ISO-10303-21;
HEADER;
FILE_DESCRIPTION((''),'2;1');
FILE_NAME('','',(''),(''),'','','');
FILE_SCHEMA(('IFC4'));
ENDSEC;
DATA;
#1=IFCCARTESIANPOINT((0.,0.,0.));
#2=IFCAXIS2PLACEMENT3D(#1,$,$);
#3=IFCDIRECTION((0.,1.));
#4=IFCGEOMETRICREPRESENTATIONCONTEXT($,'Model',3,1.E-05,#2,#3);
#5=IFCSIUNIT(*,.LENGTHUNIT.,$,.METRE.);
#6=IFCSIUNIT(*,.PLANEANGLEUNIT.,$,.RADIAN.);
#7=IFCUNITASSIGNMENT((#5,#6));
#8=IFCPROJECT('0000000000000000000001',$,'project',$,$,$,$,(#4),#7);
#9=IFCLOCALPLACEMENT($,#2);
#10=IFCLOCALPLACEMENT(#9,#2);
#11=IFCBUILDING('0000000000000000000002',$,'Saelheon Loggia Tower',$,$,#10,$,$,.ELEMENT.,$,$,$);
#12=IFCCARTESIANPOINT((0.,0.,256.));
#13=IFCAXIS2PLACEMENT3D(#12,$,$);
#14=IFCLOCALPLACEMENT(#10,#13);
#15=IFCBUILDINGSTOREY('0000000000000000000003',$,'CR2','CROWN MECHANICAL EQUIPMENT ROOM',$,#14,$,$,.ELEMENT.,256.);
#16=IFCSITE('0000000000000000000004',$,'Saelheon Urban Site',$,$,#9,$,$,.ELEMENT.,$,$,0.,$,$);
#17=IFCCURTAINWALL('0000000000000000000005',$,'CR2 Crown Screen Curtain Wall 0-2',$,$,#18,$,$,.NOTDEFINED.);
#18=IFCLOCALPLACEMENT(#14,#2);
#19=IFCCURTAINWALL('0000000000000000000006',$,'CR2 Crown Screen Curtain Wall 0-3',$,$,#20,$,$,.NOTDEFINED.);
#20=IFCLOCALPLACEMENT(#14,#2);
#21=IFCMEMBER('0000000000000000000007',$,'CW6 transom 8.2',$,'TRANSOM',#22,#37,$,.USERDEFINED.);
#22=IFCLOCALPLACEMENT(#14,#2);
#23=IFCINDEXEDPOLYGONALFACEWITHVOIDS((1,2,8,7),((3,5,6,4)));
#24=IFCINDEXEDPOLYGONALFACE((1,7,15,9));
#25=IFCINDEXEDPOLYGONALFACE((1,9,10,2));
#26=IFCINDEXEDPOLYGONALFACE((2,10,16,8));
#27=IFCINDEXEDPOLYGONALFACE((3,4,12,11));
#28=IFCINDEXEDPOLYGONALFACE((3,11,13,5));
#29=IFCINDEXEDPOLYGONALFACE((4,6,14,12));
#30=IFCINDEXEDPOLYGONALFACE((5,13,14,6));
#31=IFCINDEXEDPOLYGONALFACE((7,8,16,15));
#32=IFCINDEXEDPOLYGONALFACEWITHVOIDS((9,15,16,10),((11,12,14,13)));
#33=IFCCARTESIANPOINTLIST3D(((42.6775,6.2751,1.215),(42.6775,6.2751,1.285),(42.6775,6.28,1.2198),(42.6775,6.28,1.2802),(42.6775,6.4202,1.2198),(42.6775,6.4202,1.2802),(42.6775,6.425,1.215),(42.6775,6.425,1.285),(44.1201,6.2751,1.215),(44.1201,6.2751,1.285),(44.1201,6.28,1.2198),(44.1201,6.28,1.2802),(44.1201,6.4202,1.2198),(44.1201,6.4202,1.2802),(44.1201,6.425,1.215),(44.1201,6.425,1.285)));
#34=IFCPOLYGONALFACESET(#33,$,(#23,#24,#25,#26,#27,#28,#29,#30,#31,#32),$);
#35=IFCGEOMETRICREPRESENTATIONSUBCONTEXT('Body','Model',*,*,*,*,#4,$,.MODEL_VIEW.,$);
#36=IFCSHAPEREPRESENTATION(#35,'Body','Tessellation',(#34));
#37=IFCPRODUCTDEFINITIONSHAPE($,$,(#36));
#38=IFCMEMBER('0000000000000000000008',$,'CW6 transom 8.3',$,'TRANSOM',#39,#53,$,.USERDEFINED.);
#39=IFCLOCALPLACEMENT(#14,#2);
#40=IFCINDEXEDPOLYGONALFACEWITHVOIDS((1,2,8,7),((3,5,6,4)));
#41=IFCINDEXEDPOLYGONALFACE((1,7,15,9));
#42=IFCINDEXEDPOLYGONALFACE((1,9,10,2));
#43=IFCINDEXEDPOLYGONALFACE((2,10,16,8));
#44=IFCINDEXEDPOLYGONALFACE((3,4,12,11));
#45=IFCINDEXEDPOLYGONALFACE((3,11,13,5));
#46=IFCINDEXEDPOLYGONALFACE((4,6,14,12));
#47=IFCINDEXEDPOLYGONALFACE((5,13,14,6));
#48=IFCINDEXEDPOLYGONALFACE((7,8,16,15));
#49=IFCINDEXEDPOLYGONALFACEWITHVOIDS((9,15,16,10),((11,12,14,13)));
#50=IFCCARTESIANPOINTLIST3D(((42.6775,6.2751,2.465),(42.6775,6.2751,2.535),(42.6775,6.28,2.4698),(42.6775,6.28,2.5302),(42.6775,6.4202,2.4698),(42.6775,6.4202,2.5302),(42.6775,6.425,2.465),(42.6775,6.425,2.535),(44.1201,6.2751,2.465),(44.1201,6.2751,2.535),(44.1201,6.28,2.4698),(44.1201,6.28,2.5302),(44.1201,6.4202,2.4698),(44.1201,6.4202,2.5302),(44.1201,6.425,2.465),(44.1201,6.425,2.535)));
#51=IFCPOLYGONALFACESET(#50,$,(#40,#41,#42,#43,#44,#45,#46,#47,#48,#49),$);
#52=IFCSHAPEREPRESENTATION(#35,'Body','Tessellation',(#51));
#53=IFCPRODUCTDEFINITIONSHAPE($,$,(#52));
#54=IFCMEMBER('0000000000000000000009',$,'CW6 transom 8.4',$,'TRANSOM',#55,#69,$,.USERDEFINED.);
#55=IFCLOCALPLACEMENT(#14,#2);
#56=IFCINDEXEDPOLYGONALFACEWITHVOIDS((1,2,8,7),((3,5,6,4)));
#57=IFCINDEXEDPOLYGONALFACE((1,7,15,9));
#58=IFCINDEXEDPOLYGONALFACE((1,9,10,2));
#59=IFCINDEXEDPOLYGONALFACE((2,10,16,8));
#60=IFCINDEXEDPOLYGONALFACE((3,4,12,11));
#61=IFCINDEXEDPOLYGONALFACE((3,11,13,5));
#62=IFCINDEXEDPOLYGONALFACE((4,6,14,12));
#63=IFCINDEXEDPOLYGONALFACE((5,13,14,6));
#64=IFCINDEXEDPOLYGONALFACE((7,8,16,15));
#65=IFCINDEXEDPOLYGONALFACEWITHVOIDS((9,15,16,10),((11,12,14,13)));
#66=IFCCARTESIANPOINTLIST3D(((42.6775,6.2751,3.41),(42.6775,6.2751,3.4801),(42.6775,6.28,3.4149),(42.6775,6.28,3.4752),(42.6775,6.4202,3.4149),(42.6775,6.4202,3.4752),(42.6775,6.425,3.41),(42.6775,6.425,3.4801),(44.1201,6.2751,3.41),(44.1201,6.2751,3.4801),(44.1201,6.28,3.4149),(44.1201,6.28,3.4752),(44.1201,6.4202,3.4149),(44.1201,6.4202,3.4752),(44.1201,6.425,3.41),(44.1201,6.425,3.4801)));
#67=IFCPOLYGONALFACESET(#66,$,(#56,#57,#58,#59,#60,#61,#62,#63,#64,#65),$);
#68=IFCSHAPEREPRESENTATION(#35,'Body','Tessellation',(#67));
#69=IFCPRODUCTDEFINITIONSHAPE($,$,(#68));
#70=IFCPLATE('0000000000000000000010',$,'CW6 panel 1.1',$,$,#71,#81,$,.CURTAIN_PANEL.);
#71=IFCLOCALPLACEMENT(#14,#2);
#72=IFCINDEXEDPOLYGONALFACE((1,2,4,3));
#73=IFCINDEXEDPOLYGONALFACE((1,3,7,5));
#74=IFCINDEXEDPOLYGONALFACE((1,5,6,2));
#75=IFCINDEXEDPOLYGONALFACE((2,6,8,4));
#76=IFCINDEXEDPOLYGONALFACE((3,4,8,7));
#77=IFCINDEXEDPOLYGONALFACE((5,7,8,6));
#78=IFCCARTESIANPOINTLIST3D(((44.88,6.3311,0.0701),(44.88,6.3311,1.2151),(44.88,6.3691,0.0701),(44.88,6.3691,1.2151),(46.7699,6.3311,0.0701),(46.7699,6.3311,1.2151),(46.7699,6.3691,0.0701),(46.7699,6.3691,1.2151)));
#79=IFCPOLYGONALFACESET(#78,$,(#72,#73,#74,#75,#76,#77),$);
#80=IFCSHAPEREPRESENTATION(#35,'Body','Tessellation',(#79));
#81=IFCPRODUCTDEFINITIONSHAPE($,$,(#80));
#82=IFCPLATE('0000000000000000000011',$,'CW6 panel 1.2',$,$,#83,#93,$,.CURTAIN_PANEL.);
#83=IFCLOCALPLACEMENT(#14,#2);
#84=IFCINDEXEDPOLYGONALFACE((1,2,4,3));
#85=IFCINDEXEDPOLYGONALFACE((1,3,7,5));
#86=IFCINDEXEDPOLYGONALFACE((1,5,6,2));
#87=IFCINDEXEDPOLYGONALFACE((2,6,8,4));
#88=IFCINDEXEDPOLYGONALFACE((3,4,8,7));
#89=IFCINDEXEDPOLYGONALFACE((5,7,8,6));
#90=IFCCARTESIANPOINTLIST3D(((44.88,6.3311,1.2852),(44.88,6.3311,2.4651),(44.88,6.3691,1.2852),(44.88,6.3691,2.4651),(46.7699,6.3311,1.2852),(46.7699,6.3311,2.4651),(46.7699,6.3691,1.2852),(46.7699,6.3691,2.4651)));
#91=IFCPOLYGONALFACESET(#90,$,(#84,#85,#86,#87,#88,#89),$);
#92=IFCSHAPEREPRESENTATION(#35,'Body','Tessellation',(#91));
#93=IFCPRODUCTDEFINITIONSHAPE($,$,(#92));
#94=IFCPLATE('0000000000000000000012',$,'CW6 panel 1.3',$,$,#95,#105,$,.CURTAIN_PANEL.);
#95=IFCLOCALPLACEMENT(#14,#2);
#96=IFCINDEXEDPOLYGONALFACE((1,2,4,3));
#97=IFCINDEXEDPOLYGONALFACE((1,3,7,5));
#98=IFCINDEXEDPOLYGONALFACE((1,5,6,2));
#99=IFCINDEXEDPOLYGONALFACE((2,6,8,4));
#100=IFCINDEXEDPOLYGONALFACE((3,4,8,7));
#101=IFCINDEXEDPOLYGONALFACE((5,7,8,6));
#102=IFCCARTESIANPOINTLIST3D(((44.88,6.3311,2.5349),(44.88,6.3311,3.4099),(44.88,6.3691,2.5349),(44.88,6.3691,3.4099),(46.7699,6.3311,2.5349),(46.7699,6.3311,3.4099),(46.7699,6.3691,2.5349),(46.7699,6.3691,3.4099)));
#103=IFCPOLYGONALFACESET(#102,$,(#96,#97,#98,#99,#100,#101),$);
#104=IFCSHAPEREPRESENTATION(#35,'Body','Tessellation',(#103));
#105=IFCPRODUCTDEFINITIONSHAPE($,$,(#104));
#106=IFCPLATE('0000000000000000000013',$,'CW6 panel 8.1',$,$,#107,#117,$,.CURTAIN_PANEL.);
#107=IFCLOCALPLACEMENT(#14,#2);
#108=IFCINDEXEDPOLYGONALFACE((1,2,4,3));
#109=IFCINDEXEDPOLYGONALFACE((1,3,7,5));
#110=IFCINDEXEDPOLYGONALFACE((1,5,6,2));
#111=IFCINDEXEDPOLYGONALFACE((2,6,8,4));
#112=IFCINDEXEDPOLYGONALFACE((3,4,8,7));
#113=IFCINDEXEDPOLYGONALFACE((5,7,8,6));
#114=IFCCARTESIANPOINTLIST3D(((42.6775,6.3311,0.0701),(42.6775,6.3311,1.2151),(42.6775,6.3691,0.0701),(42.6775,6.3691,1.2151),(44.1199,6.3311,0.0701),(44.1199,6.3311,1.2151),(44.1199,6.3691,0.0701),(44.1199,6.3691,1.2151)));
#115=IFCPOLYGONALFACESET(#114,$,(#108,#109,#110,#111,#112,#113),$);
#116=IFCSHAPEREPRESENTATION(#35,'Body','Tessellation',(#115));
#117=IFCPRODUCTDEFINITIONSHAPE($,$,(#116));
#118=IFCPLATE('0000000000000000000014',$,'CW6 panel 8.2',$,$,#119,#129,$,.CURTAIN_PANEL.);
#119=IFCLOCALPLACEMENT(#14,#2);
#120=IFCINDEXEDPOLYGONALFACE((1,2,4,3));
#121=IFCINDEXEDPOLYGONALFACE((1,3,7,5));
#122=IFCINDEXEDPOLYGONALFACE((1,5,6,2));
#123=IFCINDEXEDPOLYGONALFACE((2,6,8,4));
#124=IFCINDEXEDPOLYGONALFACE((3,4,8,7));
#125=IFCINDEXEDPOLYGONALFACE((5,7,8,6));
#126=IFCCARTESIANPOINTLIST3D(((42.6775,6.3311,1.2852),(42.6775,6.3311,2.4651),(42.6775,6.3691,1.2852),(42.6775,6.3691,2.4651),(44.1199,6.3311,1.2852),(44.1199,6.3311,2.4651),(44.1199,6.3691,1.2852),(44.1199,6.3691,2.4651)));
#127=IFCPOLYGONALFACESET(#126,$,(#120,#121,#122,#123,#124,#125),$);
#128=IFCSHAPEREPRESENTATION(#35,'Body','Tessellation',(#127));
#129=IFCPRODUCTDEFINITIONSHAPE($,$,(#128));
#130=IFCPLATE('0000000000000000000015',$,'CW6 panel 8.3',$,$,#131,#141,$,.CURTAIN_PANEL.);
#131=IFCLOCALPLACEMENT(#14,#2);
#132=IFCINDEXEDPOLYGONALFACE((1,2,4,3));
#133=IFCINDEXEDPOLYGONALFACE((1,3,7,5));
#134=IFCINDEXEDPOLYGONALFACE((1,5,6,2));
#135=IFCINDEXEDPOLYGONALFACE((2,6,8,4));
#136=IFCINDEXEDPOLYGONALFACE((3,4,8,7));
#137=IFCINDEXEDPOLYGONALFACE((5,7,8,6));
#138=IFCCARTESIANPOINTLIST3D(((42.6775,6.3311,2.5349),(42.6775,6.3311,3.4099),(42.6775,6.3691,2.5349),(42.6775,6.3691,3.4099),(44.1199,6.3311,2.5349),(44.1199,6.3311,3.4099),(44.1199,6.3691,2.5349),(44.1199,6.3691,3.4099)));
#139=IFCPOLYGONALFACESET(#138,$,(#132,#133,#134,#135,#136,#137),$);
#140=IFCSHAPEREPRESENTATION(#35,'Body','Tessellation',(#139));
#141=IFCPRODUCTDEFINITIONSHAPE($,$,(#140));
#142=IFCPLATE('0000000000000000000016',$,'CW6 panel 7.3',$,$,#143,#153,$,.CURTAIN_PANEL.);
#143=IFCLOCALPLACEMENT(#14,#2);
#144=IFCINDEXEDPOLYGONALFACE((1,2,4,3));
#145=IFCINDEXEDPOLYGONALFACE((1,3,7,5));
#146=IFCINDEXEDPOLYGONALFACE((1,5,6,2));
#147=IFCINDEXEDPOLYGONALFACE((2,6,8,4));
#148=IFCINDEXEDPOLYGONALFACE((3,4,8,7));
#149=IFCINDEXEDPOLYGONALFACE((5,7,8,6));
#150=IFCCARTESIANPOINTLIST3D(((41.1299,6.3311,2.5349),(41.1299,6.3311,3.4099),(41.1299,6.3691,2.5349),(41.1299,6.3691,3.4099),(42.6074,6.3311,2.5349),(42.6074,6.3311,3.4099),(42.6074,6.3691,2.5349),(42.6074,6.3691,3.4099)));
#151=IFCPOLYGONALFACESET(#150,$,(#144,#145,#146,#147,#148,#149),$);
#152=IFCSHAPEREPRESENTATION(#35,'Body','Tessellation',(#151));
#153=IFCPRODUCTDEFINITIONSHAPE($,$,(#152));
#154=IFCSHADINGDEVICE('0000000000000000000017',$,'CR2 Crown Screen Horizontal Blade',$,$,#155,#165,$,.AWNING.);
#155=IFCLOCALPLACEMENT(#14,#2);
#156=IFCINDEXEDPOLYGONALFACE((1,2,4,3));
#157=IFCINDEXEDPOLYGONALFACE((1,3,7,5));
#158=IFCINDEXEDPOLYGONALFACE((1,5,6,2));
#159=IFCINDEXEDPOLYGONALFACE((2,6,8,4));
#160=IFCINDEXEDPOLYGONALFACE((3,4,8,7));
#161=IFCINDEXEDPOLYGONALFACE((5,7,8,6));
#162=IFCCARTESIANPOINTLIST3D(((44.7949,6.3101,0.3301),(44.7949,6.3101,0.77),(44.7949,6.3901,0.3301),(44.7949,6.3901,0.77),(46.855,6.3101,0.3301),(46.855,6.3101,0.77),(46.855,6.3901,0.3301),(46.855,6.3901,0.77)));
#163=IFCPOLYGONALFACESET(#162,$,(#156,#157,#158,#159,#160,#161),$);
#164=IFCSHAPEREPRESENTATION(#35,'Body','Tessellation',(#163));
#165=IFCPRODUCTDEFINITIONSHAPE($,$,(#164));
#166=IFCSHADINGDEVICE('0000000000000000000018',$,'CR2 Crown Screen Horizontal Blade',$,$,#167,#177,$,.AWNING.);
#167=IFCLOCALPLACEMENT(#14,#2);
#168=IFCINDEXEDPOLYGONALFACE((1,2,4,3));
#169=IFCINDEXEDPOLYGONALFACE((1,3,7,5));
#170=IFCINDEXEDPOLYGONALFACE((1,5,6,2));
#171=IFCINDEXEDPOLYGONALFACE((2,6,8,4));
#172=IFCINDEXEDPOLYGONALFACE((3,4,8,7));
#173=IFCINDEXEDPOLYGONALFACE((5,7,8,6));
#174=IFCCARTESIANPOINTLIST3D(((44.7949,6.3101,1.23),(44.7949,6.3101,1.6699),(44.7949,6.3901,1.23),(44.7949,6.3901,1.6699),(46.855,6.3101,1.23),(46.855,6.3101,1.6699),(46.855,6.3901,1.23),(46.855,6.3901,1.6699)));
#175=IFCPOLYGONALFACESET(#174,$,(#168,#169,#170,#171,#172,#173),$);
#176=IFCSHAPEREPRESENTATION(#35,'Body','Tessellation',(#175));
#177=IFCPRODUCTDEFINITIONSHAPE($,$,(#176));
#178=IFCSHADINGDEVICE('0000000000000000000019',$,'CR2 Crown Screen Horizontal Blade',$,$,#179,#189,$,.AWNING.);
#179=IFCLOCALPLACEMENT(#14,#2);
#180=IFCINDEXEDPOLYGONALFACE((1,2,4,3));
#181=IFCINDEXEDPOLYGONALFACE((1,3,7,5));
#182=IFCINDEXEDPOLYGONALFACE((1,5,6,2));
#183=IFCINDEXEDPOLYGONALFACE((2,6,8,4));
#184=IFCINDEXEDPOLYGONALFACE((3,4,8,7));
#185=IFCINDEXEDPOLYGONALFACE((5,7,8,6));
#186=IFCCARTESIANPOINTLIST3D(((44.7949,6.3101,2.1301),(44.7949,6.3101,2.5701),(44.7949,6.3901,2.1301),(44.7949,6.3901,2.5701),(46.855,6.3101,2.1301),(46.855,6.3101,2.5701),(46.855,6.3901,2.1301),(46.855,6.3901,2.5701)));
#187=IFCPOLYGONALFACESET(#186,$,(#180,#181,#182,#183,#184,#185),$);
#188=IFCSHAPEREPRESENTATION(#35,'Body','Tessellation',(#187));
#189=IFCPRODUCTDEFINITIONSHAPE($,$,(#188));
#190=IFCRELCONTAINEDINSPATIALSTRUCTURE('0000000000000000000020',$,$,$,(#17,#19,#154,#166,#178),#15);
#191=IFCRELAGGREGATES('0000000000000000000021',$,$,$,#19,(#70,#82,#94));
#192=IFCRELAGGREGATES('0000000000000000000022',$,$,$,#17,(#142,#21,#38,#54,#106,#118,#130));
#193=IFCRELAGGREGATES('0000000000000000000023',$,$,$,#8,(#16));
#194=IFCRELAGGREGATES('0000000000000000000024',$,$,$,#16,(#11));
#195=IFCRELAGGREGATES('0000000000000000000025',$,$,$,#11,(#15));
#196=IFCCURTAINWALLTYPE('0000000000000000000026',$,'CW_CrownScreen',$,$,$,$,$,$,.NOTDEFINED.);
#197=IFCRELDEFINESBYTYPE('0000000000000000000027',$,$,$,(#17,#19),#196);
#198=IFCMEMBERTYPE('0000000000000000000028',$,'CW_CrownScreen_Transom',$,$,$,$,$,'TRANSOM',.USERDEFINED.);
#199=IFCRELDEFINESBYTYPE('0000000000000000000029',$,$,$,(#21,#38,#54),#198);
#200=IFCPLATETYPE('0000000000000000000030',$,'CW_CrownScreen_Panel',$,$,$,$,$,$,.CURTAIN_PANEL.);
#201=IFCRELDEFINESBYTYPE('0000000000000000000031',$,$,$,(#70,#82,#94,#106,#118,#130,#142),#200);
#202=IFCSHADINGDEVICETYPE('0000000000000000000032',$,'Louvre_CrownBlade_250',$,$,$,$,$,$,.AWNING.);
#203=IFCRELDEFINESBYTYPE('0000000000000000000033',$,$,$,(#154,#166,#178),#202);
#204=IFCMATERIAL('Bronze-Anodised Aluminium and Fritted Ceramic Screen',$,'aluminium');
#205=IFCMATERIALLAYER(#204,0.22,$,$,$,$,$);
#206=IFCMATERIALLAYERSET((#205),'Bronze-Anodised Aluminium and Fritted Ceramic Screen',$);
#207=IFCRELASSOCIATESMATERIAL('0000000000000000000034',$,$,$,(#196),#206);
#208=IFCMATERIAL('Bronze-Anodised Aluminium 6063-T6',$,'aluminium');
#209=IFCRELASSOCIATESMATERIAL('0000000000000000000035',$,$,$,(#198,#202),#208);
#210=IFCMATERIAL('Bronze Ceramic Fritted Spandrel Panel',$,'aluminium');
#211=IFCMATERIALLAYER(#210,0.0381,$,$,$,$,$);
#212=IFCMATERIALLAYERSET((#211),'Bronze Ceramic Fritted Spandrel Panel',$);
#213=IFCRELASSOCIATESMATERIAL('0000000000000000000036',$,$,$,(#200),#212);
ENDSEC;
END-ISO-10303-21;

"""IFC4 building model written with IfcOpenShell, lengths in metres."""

from ifc_helpers import new_model, si_unit, direction, frame, origin, origin_2d, place, context, subcontext, project, spatial, rectangle, hollow_rectangle, extrude, source, transform, mapped, material, layer, layer_set, material_profile, profile_set, type_object, element, aggregate, save


model = new_model("IFC4")

# Units and contexts
model_context = context("Model", 3, precision=1e-05, world=origin(), true_north=direction((0.0, 1.0)))
body_context = subcontext(model_context, "Body", "Model", "MODEL_VIEW")
ifc_project = project(units=[si_unit("LENGTHUNIT", "METRE"), si_unit("PLANEANGLEUNIT", "RADIAN")], contexts=[model_context])

# Site, building, storey
site_placement = place(None, origin())
site = spatial("IfcSite", under=ifc_project, at=site_placement, Name="Saelheon Urban Site", CompositionType="ELEMENT", RefElevation=0.0)
building_placement = place(site_placement, origin())
building = spatial("IfcBuilding", under=site, at=building_placement, Name="Saelheon Loggia Tower", CompositionType="ELEMENT")
storey_placement = place(building_placement, frame((0.0, 0.0, 256.0)))
storey = spatial("IfcBuildingStorey", under=building, at=storey_placement, Name="CR2", Description="CROWN MECHANICAL EQUIPMENT ROOM", CompositionType="ELEMENT", Elevation=256.0)

# Curtain walls
ifc_material_1 = material(Name="Bronze-Anodised Aluminium and Fritted Ceramic Screen", Category="aluminium")
ifc_layer_1 = layer(ifc_material_1, 0.22)
ifc_layer_set_1 = layer_set([ifc_layer_1], Name="Bronze-Anodised Aluminium and Fritted Ceramic Screen")
curtain_wall_type = type_object("IfcCurtainWallType", Name="CW_CrownScreen", PredefinedType="NOTDEFINED", material=ifc_layer_set_1)
curtain_wall_1_placement = place(storey_placement, origin())
curtain_wall_1 = element("IfcCurtainWall", 1, at=curtain_wall_1_placement, inside=storey, type_object=curtain_wall_type, Name="CR2 Crown Screen Curtain Wall 0-2", PredefinedType="NOTDEFINED")
ifc_material_2 = material(Name="Bronze-Anodised Aluminium 6063-T6", Category="aluminium")
curtain_wall_2_placement = place(storey_placement, origin())
curtain_wall_2 = element("IfcCurtainWall", 2, at=curtain_wall_2_placement, inside=storey, type_object=curtain_wall_type, Name="CR2 Crown Screen Curtain Wall 0-3", PredefinedType="NOTDEFINED")
ifc_material_profile_1 = material_profile(ifc_material_2, hollow_rectangle(XDim=0.0701, YDim=0.1499, WallThickness=0.0049, at=origin_2d()), Name="RHS-150x70x5")
ifc_profile_set_1 = profile_set([ifc_material_profile_1], Name="Bronze-Anodised Aluminium 6063-T6")
member_type_1 = type_object("IfcMemberType", Name="CW_CrownScreen_Transom", ElementType="TRANSOM", PredefinedType="USERDEFINED", material=ifc_profile_set_1)

# Members
shared_shape_1 = source(origin(), body_context, "Body", "SweptSolid", [
    extrude(hollow_rectangle(XDim=0.0701, YDim=0.1499, WallThickness=0.0049, at=origin_2d()), origin(), (0.0, 0.0, 1.0), 1.4426),
])
member_1_placement = place(storey_placement, frame((42.6775, 6.3501, 1.25), z_axis=(1.0, 0.0, 0.0), x_axis=(0.0, 0.0, 1.0)))
member_1 = element("IfcMember", 3, at=member_1_placement, type_object=member_type_1, Name="CW6 transom 8.2", ObjectType="TRANSOM", PredefinedType="USERDEFINED", context=body_context, shape_type="MappedRepresentation", body=[
    mapped(shared_shape_1, transform((0.0, 0.0, 0.0), scale=1.0)),
])
member_2_placement = place(storey_placement, frame((42.6775, 6.3501, 2.5), z_axis=(1.0, 0.0, 0.0), x_axis=(0.0, 0.0, 1.0)))
member_2 = element("IfcMember", 4, at=member_2_placement, type_object=member_type_1, Name="CW6 transom 8.3", ObjectType="TRANSOM", PredefinedType="USERDEFINED", context=body_context, shape_type="MappedRepresentation", body=[
    mapped(shared_shape_1, transform((0.0, 0.0, 0.0), scale=1.0)),
])
member_3_placement = place(storey_placement, frame((42.6775, 6.3501, 3.4451), z_axis=(1.0, 0.0, 0.0), x_axis=(0.0, 0.0, 1.0)))
member_3 = element("IfcMember", 5, at=member_3_placement, type_object=member_type_1, Name="CW6 transom 8.4", ObjectType="TRANSOM", PredefinedType="USERDEFINED", context=body_context, shape_type="MappedRepresentation", body=[
    mapped(shared_shape_1, transform((0.0, 0.0, 0.0), scale=1.0)),
])

# Plates
ifc_material_3 = material(Name="Bronze Ceramic Fritted Spandrel Panel", Category="aluminium")
ifc_layer_2 = layer(ifc_material_3, 0.0381)
ifc_layer_set_2 = layer_set([ifc_layer_2], Name="Bronze Ceramic Fritted Spandrel Panel")
plate_type = type_object("IfcPlateType", Name="CW_CrownScreen_Panel", PredefinedType="CURTAIN_PANEL", material=ifc_layer_set_2)
shared_shape_2 = source(origin(), body_context, "Body", "SweptSolid", [
    extrude(rectangle(XDim=1.8899, YDim=0.0381, at=origin_2d()), origin(), (0.0, 0.0, 1.0), 1.145),
])
plate_1_placement = place(storey_placement, frame((45.825, 6.3501, 0.0701), z_axis=(0.0, 0.0, 1.0), x_axis=(1.0, 0.0, 0.0)))
plate_1 = element("IfcPlate", 6, at=plate_1_placement, type_object=plate_type, Name="CW6 panel 1.1", PredefinedType="CURTAIN_PANEL", context=body_context, shape_type="MappedRepresentation", body=[
    mapped(shared_shape_2, transform((0.0, 0.0, 0.0), scale=1.0)),
])
shared_shape_3 = source(origin(), body_context, "Body", "SweptSolid", [
    extrude(rectangle(XDim=1.8899, YDim=0.0381, at=origin_2d()), origin(), (0.0, 0.0, 1.0), 1.1799),
])
plate_2_placement = place(storey_placement, frame((45.825, 6.3501, 1.2852), z_axis=(0.0, 0.0, 1.0), x_axis=(1.0, 0.0, 0.0)))
plate_2 = element("IfcPlate", 7, at=plate_2_placement, type_object=plate_type, Name="CW6 panel 1.2", PredefinedType="CURTAIN_PANEL", context=body_context, shape_type="MappedRepresentation", body=[
    mapped(shared_shape_3, transform((0.0, 0.0, 0.0), scale=1.0)),
])
shared_shape_4 = source(origin(), body_context, "Body", "SweptSolid", [
    extrude(rectangle(XDim=1.8899, YDim=0.0381, at=origin_2d()), origin(), (0.0, 0.0, 1.0), 0.875),
])
plate_3_placement = place(storey_placement, frame((45.825, 6.3501, 2.5349), z_axis=(0.0, 0.0, 1.0), x_axis=(1.0, 0.0, 0.0)))
plate_3 = element("IfcPlate", 8, at=plate_3_placement, type_object=plate_type, Name="CW6 panel 1.3", PredefinedType="CURTAIN_PANEL", context=body_context, shape_type="MappedRepresentation", body=[
    mapped(shared_shape_4, transform((0.0, 0.0, 0.0), scale=1.0)),
])
aggregate(curtain_wall_2, [plate_1, plate_2, plate_3])
shared_shape_5 = source(origin(), body_context, "Body", "SweptSolid", [
    extrude(rectangle(XDim=1.4424, YDim=0.0381, at=origin_2d()), origin(), (0.0, 0.0, 1.0), 1.145),
])
plate_4_placement = place(storey_placement, frame((43.3987, 6.3501, 0.0701), z_axis=(0.0, 0.0, 1.0), x_axis=(1.0, 0.0, 0.0)))
plate_4 = element("IfcPlate", 9, at=plate_4_placement, type_object=plate_type, Name="CW6 panel 8.1", PredefinedType="CURTAIN_PANEL", context=body_context, shape_type="MappedRepresentation", body=[
    mapped(shared_shape_5, transform((0.0, 0.0, 0.0), scale=1.0)),
])
shared_shape_6 = source(origin(), body_context, "Body", "SweptSolid", [
    extrude(rectangle(XDim=1.4424, YDim=0.0381, at=origin_2d()), origin(), (0.0, 0.0, 1.0), 1.1799),
])
plate_5_placement = place(storey_placement, frame((43.3987, 6.3501, 1.2852), z_axis=(0.0, 0.0, 1.0), x_axis=(1.0, 0.0, 0.0)))
plate_5 = element("IfcPlate", 10, at=plate_5_placement, type_object=plate_type, Name="CW6 panel 8.2", PredefinedType="CURTAIN_PANEL", context=body_context, shape_type="MappedRepresentation", body=[
    mapped(shared_shape_6, transform((0.0, 0.0, 0.0), scale=1.0)),
])
shared_shape_7 = source(origin(), body_context, "Body", "SweptSolid", [
    extrude(rectangle(XDim=1.4424, YDim=0.0381, at=origin_2d()), origin(), (0.0, 0.0, 1.0), 0.875),
])
plate_6_placement = place(storey_placement, frame((43.3987, 6.3501, 2.5349), z_axis=(0.0, 0.0, 1.0), x_axis=(1.0, 0.0, 0.0)))
plate_6 = element("IfcPlate", 11, at=plate_6_placement, type_object=plate_type, Name="CW6 panel 8.3", PredefinedType="CURTAIN_PANEL", context=body_context, shape_type="MappedRepresentation", body=[
    mapped(shared_shape_7, transform((0.0, 0.0, 0.0), scale=1.0)),
])
shared_shape_8 = source(origin(), body_context, "Body", "SweptSolid", [
    extrude(rectangle(XDim=1.4775, YDim=0.0381, at=origin_2d()), origin(), (0.0, 0.0, 1.0), 0.875),
])
plate_7_placement = place(storey_placement, frame((41.8687, 6.3501, 2.5349), z_axis=(0.0, 0.0, 1.0), x_axis=(1.0, 0.0, 0.0)))
plate_7 = element("IfcPlate", 12, at=plate_7_placement, type_object=plate_type, Name="CW6 panel 7.3", PredefinedType="CURTAIN_PANEL", context=body_context, shape_type="MappedRepresentation", body=[
    mapped(shared_shape_8, transform((0.0, 0.0, 0.0), scale=1.0)),
])
aggregate(curtain_wall_1, [plate_7, member_1, member_2, member_3, plate_4, plate_5, plate_6])

# Shading devices
ifc_material_profile_2 = material_profile(ifc_material_2, rectangle(XDim=0.0801, YDim=0.4399, at=origin_2d()), Name="Louvre_CrownBlade_250")
ifc_profile_set_2 = profile_set([ifc_material_profile_2], Name="Bronze-Anodised Aluminium 6063-T6")
shading_device_type = type_object("IfcShadingDeviceType", Name="Louvre_CrownBlade_250", PredefinedType="AWNING", material=ifc_profile_set_2)
shared_shape_9 = source(origin(), body_context, "Body", "SweptSolid", [
    extrude(rectangle(XDim=0.0801, YDim=0.4399, at=origin_2d()), origin(), (0.0, 0.0, 1.0), 2.0601),
])
for number, where, z_axis, x_axis, name in (
    (13, (44.7949, 6.3501, 0.55), (1.0, 0.0, 0.0), (0.0, 1.0, 0.0), "CR2 Crown Screen Horizontal Blade"),
    (14, (44.7949, 6.3501, 1.45), (1.0, 0.0, 0.0), (0.0, 1.0, 0.0), "CR2 Crown Screen Horizontal Blade"),
    (15, (44.7949, 6.3501, 2.3501), (1.0, 0.0, 0.0), (0.0, 1.0, 0.0), "CR2 Crown Screen Horizontal Blade"),
):
    element("IfcShadingDevice", number, at=place(storey_placement, frame(where, z_axis=z_axis, x_axis=x_axis)), inside=storey, type_object=shading_device_type, Name=name, PredefinedType="AWNING", context=body_context, shape_type="MappedRepresentation", body=[
        mapped(shared_shape_9, transform((0.0, 0.0, 0.0), scale=1.0)),
    ])

save(model, "model.ifc")
